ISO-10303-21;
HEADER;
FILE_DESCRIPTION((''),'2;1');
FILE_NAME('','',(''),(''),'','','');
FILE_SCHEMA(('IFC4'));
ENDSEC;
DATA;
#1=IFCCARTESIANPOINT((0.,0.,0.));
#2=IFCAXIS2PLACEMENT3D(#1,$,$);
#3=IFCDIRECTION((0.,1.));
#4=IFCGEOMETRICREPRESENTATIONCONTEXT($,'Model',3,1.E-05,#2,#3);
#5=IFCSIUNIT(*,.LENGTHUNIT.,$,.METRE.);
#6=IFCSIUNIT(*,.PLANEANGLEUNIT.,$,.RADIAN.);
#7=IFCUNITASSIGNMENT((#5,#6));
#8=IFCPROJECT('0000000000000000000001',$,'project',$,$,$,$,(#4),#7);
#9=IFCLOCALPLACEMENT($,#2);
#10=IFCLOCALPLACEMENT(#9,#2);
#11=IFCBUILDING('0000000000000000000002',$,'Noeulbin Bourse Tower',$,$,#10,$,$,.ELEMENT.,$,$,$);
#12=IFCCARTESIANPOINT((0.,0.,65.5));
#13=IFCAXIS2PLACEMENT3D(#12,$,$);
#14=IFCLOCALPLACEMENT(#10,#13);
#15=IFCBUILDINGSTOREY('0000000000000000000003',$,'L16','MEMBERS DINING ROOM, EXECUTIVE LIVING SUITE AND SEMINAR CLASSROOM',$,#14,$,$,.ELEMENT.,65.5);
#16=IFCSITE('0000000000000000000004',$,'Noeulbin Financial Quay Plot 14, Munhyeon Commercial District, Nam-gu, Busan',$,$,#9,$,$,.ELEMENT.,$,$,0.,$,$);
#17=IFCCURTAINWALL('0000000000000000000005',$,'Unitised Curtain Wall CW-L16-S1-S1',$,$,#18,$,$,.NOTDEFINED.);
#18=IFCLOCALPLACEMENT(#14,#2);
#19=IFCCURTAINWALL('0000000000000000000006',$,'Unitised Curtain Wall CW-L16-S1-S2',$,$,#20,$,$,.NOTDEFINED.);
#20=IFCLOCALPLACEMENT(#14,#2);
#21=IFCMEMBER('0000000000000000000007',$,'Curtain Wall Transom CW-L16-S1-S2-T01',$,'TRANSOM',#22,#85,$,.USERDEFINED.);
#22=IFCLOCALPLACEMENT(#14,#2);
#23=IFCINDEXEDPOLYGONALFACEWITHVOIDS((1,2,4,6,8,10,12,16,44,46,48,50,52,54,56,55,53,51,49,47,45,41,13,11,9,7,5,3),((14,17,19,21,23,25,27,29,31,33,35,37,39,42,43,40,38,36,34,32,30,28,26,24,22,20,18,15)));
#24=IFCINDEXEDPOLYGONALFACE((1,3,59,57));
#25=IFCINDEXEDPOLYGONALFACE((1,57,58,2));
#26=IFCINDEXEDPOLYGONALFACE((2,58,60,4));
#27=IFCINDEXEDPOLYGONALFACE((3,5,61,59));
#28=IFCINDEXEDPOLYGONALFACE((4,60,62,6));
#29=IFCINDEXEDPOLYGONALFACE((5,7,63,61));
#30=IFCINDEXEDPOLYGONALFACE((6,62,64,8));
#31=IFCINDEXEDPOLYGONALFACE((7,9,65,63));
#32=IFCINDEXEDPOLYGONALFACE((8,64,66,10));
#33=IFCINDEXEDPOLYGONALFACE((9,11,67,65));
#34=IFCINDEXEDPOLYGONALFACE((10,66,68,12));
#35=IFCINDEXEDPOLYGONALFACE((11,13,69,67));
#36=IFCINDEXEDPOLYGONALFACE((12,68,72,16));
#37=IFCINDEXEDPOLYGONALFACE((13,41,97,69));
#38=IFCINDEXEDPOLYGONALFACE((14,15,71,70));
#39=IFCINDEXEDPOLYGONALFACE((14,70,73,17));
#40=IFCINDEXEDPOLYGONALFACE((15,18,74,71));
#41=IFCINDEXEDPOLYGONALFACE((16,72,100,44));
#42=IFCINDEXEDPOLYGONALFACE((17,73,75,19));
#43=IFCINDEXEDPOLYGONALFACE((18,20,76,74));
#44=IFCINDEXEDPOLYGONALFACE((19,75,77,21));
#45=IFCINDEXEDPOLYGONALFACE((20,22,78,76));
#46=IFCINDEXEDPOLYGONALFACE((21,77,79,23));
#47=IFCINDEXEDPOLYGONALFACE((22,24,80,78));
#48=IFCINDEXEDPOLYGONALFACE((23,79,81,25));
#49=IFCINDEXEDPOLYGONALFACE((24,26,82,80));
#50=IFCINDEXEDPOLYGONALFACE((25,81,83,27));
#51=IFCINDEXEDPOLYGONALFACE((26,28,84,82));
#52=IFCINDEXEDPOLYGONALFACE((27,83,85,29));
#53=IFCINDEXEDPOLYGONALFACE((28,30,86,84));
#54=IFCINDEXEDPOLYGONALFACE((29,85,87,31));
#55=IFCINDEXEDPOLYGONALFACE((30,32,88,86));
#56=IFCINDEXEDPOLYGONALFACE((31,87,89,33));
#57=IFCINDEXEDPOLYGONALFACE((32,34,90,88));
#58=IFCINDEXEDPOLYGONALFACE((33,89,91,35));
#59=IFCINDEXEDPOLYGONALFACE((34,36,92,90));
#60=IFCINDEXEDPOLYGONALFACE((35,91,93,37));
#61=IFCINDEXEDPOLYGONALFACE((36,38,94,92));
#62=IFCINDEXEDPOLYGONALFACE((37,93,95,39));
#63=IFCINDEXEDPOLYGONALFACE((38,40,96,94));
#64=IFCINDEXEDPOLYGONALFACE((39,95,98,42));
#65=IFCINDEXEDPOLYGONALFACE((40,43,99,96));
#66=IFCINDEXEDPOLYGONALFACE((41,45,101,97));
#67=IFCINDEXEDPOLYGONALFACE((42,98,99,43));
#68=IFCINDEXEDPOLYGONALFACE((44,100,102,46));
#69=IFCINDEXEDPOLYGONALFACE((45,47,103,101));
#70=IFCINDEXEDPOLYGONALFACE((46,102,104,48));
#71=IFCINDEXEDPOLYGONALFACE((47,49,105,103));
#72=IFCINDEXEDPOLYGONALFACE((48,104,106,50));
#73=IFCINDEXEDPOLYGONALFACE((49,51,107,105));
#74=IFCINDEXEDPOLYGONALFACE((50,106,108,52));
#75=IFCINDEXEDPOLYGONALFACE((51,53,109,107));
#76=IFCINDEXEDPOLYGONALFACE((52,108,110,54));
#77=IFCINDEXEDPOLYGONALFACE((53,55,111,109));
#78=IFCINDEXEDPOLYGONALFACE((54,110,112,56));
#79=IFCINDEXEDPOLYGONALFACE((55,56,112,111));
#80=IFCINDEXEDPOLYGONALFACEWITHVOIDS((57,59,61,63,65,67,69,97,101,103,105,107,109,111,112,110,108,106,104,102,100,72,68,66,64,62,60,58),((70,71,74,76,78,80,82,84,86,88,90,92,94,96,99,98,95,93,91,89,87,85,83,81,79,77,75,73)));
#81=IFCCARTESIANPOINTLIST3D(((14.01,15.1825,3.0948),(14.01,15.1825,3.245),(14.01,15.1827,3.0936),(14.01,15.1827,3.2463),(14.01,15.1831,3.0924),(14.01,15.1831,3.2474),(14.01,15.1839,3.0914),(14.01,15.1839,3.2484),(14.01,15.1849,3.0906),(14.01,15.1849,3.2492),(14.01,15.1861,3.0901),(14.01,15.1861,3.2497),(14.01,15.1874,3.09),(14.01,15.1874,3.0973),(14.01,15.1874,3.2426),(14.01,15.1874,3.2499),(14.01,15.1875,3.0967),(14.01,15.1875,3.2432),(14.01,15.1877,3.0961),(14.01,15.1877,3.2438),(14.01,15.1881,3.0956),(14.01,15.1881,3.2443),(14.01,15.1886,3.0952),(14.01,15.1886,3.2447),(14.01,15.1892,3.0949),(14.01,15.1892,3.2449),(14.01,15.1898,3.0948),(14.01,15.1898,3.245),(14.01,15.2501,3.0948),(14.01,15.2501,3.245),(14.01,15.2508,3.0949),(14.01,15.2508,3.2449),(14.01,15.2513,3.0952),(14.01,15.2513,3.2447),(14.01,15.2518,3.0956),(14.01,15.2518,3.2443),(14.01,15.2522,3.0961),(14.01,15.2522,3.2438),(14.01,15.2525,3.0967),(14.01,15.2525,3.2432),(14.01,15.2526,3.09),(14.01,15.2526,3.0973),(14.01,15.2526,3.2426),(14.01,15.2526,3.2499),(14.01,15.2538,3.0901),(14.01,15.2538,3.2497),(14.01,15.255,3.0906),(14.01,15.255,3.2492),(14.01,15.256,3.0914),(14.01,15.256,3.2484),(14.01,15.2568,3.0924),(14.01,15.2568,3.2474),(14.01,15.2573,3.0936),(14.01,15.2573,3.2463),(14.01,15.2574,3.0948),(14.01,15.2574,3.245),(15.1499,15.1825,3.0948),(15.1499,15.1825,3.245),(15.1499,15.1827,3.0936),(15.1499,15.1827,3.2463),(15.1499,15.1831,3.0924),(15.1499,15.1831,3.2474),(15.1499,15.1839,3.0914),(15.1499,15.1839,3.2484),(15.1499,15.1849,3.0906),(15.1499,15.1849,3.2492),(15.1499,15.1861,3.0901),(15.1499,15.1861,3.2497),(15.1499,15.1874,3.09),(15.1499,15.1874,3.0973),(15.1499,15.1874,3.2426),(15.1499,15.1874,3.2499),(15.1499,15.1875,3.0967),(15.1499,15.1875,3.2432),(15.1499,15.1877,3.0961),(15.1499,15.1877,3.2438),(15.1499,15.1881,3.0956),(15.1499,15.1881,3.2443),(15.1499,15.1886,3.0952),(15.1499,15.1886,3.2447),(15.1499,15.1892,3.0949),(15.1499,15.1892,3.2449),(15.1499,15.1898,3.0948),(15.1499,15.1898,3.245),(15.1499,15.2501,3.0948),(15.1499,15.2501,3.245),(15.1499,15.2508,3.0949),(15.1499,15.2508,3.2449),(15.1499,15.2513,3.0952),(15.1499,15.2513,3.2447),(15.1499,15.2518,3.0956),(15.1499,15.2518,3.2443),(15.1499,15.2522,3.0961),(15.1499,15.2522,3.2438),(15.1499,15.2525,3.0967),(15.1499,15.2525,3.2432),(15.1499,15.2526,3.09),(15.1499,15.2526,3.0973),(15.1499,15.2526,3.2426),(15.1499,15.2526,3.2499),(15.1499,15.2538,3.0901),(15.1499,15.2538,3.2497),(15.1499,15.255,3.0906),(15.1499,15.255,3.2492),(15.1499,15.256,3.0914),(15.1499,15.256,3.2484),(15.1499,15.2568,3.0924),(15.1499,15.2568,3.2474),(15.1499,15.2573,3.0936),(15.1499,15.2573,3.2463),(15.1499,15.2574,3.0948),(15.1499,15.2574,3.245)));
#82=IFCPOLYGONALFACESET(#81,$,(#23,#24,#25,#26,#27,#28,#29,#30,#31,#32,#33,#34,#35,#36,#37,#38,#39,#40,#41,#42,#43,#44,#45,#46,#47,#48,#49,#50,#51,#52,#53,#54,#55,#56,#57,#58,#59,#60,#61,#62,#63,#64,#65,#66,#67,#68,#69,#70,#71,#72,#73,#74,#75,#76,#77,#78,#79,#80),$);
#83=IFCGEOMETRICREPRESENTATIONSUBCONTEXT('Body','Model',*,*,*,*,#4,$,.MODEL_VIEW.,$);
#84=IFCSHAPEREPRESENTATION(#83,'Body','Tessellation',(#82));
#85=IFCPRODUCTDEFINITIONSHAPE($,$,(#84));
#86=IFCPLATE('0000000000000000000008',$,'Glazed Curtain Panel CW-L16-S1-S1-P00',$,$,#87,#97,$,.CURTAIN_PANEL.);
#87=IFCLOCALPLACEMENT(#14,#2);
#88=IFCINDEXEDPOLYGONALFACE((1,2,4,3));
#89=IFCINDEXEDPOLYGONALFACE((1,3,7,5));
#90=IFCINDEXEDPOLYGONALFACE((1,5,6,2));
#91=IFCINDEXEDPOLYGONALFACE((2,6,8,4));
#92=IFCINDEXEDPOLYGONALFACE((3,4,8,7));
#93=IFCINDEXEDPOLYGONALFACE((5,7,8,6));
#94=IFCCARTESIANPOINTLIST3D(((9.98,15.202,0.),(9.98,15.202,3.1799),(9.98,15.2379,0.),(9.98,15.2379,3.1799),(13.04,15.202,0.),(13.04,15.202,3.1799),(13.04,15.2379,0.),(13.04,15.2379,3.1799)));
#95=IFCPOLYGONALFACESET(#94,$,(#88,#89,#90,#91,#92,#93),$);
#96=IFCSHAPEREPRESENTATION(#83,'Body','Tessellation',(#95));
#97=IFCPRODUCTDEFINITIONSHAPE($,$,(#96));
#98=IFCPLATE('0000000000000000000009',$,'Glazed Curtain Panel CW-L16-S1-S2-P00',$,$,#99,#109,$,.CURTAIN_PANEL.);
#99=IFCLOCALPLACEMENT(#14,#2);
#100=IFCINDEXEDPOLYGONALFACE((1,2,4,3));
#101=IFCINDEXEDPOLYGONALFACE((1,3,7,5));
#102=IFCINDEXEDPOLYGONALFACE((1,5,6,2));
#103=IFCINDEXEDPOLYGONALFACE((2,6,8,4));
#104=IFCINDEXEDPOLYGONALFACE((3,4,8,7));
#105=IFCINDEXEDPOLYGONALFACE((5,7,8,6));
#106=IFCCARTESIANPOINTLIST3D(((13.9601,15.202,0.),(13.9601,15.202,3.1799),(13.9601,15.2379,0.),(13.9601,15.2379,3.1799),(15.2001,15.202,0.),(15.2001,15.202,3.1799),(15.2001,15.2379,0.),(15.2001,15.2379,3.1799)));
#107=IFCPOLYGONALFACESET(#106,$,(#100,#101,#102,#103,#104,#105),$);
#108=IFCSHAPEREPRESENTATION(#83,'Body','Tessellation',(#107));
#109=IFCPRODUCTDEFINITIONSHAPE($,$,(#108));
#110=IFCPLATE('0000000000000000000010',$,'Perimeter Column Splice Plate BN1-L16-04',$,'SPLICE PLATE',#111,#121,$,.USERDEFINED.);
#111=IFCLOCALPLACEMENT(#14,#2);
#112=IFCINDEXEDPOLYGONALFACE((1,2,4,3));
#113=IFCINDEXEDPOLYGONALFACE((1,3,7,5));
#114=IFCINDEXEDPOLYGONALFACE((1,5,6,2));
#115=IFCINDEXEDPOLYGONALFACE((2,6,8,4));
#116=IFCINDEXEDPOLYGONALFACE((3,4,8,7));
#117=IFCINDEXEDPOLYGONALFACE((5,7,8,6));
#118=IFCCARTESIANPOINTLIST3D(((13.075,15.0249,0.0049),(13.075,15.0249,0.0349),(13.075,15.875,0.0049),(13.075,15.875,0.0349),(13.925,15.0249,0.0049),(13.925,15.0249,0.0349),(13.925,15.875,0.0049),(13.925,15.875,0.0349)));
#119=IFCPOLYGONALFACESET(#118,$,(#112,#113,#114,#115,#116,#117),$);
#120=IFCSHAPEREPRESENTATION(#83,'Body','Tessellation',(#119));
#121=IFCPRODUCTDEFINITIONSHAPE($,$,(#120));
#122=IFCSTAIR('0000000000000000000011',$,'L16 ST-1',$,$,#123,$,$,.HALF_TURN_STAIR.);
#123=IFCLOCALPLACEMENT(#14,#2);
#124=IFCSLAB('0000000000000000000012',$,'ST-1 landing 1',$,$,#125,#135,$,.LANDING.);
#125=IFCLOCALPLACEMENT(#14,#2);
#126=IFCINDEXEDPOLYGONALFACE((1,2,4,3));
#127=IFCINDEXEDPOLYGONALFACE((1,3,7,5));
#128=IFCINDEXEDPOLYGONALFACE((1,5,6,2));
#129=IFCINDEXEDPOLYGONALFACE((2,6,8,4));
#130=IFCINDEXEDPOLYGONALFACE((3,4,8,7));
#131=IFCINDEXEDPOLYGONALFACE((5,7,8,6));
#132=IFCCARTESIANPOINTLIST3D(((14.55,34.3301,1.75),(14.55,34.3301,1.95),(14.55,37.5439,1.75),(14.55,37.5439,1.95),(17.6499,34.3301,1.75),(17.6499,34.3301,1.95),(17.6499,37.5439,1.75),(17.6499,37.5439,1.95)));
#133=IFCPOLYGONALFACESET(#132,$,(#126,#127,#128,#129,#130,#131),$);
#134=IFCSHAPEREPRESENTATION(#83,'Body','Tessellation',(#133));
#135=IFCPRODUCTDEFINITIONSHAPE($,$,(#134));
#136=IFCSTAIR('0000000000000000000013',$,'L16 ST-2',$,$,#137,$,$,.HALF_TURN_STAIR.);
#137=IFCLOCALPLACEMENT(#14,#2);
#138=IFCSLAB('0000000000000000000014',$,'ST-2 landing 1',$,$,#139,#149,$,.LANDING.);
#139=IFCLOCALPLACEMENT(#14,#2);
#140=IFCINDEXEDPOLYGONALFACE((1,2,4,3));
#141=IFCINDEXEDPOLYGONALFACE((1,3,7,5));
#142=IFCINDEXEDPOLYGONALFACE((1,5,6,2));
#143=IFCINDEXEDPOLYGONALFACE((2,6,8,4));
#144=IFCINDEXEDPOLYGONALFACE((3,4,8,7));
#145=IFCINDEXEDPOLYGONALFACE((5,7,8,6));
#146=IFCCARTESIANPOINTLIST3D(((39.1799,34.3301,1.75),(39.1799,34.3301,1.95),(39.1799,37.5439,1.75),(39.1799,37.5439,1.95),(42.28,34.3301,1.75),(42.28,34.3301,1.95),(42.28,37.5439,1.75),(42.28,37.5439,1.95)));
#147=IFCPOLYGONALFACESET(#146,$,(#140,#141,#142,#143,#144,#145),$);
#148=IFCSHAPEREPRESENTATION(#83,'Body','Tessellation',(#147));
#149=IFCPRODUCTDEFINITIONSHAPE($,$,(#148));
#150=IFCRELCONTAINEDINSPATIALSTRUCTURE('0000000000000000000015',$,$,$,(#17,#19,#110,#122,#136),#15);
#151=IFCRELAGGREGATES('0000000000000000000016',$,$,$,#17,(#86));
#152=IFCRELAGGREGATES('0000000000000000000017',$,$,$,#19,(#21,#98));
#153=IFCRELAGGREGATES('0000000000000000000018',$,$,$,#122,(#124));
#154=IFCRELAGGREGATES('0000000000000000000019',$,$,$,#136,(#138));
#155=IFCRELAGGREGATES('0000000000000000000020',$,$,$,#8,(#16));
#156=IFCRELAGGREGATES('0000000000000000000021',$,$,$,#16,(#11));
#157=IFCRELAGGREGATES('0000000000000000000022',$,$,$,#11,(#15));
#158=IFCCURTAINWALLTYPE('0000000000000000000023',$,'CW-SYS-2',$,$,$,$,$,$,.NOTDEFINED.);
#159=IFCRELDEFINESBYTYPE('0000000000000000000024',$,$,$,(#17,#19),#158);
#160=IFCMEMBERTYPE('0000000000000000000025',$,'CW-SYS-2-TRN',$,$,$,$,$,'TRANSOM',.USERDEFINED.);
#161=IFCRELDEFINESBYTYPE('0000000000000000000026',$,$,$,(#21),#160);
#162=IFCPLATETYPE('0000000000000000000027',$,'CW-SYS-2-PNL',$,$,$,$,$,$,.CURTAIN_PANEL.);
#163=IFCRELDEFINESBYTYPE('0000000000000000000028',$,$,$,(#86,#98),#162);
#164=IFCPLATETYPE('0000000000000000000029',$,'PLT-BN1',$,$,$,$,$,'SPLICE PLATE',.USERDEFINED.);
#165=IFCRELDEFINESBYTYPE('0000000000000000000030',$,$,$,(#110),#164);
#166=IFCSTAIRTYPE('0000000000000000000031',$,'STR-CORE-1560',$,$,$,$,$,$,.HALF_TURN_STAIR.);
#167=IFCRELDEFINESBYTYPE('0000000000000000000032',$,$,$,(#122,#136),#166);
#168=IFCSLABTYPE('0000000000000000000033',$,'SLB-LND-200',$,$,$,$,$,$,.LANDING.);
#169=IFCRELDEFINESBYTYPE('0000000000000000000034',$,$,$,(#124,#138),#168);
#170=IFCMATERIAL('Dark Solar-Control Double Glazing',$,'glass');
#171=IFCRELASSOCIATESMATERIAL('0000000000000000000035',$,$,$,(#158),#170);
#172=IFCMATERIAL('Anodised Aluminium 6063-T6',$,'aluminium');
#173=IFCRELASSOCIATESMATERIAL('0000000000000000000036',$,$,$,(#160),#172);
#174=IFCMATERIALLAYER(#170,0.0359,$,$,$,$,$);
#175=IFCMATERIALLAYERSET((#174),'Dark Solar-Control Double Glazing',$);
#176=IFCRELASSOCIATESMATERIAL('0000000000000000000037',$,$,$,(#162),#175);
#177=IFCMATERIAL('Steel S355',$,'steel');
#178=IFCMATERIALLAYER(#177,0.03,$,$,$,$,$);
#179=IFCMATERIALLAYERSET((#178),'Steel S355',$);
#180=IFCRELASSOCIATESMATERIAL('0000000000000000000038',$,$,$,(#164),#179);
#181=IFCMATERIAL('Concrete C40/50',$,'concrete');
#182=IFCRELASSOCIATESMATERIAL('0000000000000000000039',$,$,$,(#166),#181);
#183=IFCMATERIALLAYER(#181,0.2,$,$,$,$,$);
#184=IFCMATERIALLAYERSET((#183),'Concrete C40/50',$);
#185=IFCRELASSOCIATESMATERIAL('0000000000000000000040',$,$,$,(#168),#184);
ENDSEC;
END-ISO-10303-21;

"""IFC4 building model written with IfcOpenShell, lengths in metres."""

from ifc_helpers import new_model, si_unit, direction, frame, origin, origin_2d, place, context, subcontext, project, spatial, polyline, rectangle, hollow_rectangle, outline, extrude, material, layer, layer_set, material_profile, profile_set, type_object, element, aggregate, save


model = new_model("IFC4")

# Units and contexts
model_context = context("Model", 3, precision=1e-05, world=origin(), true_north=direction((0.0, 1.0)))
body_context = subcontext(model_context, "Body", "Model", "MODEL_VIEW")
ifc_project = project(units=[si_unit("LENGTHUNIT", "METRE"), si_unit("PLANEANGLEUNIT", "RADIAN")], contexts=[model_context])

# Site, building, storey
site_placement = place(None, origin())
site = spatial("IfcSite", under=ifc_project, at=site_placement, Name="Noeulbin Financial Quay Plot 14, Munhyeon Commercial District, Nam-gu, Busan", CompositionType="ELEMENT", RefElevation=0.0)
building_placement = place(site_placement, origin())
building = spatial("IfcBuilding", under=site, at=building_placement, Name="Noeulbin Bourse Tower", CompositionType="ELEMENT")
storey_placement = place(building_placement, frame((0.0, 0.0, 65.5)))
storey = spatial("IfcBuildingStorey", under=building, at=storey_placement, Name="L16", Description="MEMBERS DINING ROOM, EXECUTIVE LIVING SUITE AND SEMINAR CLASSROOM", CompositionType="ELEMENT", Elevation=65.5)

# Shared definitions
ifc_material_1 = material(Name="Steel S355", Category="steel")

# Curtain walls
ifc_material_2 = material(Name="Dark Solar-Control Double Glazing", Category="glass")
curtain_wall_type = type_object("IfcCurtainWallType", Name="CW-SYS-2", PredefinedType="NOTDEFINED", material=ifc_material_2)
curtain_wall_1_placement = place(storey_placement, origin())
curtain_wall_1 = element("IfcCurtainWall", 1, at=curtain_wall_1_placement, inside=storey, type_object=curtain_wall_type, Name="Unitised Curtain Wall CW-L16-S1-S1", PredefinedType="NOTDEFINED")
ifc_material_3 = material(Name="Anodised Aluminium 6063-T6", Category="aluminium")
curtain_wall_2_placement = place(storey_placement, origin())
curtain_wall_2 = element("IfcCurtainWall", 2, at=curtain_wall_2_placement, inside=storey, type_object=curtain_wall_type, Name="Unitised Curtain Wall CW-L16-S1-S2", PredefinedType="NOTDEFINED")

# Member
ifc_material_profile_1 = material_profile(ifc_material_3, hollow_rectangle(XDim=0.075, YDim=0.1599, WallThickness=0.0049, InnerFilletRadius=0.0024, OuterFilletRadius=0.0049, at=origin_2d()), Name="ALU-TRAN-75x160x5", Category="LoadBearing")
ifc_profile_set_1 = profile_set([ifc_material_profile_1], Name="Anodised Aluminium 6063-T6")
member_type_1 = type_object("IfcMemberType", Name="CW-SYS-2-TRN", ElementType="TRANSOM", PredefinedType="USERDEFINED", material=ifc_profile_set_1)
member_1_placement = place(storey_placement, frame((14.01, 15.22, 3.1699), z_axis=(1.0, 0.0, 0.0), x_axis=(0.0, 1.0, 0.0)))
member_1 = element("IfcMember", 3, at=member_1_placement, type_object=member_type_1, Name="Curtain Wall Transom CW-L16-S1-S2-T01", ObjectType="TRANSOM", PredefinedType="USERDEFINED", context=body_context, shape_type="SweptSolid", body=[
    extrude(hollow_rectangle(XDim=0.075, YDim=0.1599, WallThickness=0.0049, InnerFilletRadius=0.0024, OuterFilletRadius=0.0049, at=origin_2d()), origin(), (0.0, 0.0, 1.0), 1.1399),
])

# Plates
ifc_layer_1 = layer(ifc_material_2, 0.0359)
ifc_layer_set_1 = layer_set([ifc_layer_1], Name="Dark Solar-Control Double Glazing")
plate_type_1 = type_object("IfcPlateType", Name="CW-SYS-2-PNL", PredefinedType="CURTAIN_PANEL", material=ifc_layer_set_1)
plate_1_placement = place(storey_placement, frame((11.51, 15.22, 0.0), z_axis=(0.0, 0.0, 1.0), x_axis=(1.0, 0.0, 0.0)))
plate_1 = element("IfcPlate", 4, at=plate_1_placement, type_object=plate_type_1, Name="Glazed Curtain Panel CW-L16-S1-S1-P00", PredefinedType="CURTAIN_PANEL", context=body_context, shape_type="SweptSolid", body=[
    extrude(rectangle(XDim=3.0601, YDim=0.0359, at=origin_2d()), origin(), (0.0, 0.0, 1.0), 3.1799),
])
aggregate(curtain_wall_1, [plate_1])
plate_2_placement = place(storey_placement, frame((14.5801, 15.22, 0.0), z_axis=(0.0, 0.0, 1.0), x_axis=(1.0, 0.0, 0.0)))
plate_2 = element("IfcPlate", 5, at=plate_2_placement, type_object=plate_type_1, Name="Glazed Curtain Panel CW-L16-S1-S2-P00", PredefinedType="CURTAIN_PANEL", context=body_context, shape_type="SweptSolid", body=[
    extrude(rectangle(XDim=1.24, YDim=0.0359, at=origin_2d()), origin(), (0.0, 0.0, 1.0), 3.1799),
])
aggregate(curtain_wall_2, [member_1, plate_2])
ifc_layer_2 = layer(ifc_material_1, 0.03)
ifc_layer_set_2 = layer_set([ifc_layer_2], Name="Steel S355")
plate_type_2 = type_object("IfcPlateType", Name="PLT-BN1", ElementType="SPLICE PLATE", PredefinedType="USERDEFINED", material=ifc_layer_set_2)
plate_3_placement = place(storey_placement, frame((13.5, 15.45, 0.0049), z_axis=(0.0, 0.0, 1.0), x_axis=(1.0, 0.0, 0.0)))
element("IfcPlate", 6, at=plate_3_placement, inside=storey, type_object=plate_type_2, Name="Perimeter Column Splice Plate BN1-L16-04", ObjectType="SPLICE PLATE", PredefinedType="USERDEFINED", context=body_context, shape_type="SweptSolid", body=[
    extrude(rectangle(XDim=0.8501, YDim=0.8501, at=origin_2d()), origin(), (0.0, 0.0, 1.0), 0.03),
])

# Stairs, slabs
ifc_material_4 = material(Name="Concrete C40/50", Category="concrete")
stair_type = type_object("IfcStairType", Name="STR-CORE-1560", PredefinedType="HALF_TURN_STAIR", material=ifc_material_4)
stair_1_placement = place(storey_placement, origin())
stair_1 = element("IfcStair", 7, at=stair_1_placement, inside=storey, type_object=stair_type, Name="L16 ST-1", PredefinedType="HALF_TURN_STAIR")
ifc_layer_3 = layer(ifc_material_4, 0.2)
ifc_layer_set_3 = layer_set([ifc_layer_3], Name="Concrete C40/50")
slab_type_1 = type_object("IfcSlabType", Name="SLB-LND-200", PredefinedType="LANDING", material=ifc_layer_set_3)
slab_1_placement = place(storey_placement, frame((0.0, 0.0, 1.75)))
slab_1 = element("IfcSlab", 8, at=slab_1_placement, type_object=slab_type_1, Name="ST-1 landing 1", PredefinedType="LANDING", context=body_context, shape_type="SweptSolid", body=[
    extrude(outline(polyline([(17.6499, 34.3301), (17.6499, 37.5439), (14.55, 37.5439), (14.55, 34.3301), (17.6499, 34.3301)])), origin(), (0.0, 0.0, 1.0), 0.2),
])
aggregate(stair_1, [slab_1])
stair_2_placement = place(storey_placement, origin())
stair_2 = element("IfcStair", 9, at=stair_2_placement, inside=storey, type_object=stair_type, Name="L16 ST-2", PredefinedType="HALF_TURN_STAIR")
slab_2_placement = place(storey_placement, frame((0.0, 0.0, 1.75)))
slab_2 = element("IfcSlab", 10, at=slab_2_placement, type_object=slab_type_1, Name="ST-2 landing 1", PredefinedType="LANDING", context=body_context, shape_type="SweptSolid", body=[
    extrude(outline(polyline([(42.28, 34.3301), (42.28, 37.5439), (39.1799, 37.5439), (39.1799, 34.3301), (42.28, 34.3301)])), origin(), (0.0, 0.0, 1.0), 0.2),
])
aggregate(stair_2, [slab_2])

save(model, "model.ifc")
